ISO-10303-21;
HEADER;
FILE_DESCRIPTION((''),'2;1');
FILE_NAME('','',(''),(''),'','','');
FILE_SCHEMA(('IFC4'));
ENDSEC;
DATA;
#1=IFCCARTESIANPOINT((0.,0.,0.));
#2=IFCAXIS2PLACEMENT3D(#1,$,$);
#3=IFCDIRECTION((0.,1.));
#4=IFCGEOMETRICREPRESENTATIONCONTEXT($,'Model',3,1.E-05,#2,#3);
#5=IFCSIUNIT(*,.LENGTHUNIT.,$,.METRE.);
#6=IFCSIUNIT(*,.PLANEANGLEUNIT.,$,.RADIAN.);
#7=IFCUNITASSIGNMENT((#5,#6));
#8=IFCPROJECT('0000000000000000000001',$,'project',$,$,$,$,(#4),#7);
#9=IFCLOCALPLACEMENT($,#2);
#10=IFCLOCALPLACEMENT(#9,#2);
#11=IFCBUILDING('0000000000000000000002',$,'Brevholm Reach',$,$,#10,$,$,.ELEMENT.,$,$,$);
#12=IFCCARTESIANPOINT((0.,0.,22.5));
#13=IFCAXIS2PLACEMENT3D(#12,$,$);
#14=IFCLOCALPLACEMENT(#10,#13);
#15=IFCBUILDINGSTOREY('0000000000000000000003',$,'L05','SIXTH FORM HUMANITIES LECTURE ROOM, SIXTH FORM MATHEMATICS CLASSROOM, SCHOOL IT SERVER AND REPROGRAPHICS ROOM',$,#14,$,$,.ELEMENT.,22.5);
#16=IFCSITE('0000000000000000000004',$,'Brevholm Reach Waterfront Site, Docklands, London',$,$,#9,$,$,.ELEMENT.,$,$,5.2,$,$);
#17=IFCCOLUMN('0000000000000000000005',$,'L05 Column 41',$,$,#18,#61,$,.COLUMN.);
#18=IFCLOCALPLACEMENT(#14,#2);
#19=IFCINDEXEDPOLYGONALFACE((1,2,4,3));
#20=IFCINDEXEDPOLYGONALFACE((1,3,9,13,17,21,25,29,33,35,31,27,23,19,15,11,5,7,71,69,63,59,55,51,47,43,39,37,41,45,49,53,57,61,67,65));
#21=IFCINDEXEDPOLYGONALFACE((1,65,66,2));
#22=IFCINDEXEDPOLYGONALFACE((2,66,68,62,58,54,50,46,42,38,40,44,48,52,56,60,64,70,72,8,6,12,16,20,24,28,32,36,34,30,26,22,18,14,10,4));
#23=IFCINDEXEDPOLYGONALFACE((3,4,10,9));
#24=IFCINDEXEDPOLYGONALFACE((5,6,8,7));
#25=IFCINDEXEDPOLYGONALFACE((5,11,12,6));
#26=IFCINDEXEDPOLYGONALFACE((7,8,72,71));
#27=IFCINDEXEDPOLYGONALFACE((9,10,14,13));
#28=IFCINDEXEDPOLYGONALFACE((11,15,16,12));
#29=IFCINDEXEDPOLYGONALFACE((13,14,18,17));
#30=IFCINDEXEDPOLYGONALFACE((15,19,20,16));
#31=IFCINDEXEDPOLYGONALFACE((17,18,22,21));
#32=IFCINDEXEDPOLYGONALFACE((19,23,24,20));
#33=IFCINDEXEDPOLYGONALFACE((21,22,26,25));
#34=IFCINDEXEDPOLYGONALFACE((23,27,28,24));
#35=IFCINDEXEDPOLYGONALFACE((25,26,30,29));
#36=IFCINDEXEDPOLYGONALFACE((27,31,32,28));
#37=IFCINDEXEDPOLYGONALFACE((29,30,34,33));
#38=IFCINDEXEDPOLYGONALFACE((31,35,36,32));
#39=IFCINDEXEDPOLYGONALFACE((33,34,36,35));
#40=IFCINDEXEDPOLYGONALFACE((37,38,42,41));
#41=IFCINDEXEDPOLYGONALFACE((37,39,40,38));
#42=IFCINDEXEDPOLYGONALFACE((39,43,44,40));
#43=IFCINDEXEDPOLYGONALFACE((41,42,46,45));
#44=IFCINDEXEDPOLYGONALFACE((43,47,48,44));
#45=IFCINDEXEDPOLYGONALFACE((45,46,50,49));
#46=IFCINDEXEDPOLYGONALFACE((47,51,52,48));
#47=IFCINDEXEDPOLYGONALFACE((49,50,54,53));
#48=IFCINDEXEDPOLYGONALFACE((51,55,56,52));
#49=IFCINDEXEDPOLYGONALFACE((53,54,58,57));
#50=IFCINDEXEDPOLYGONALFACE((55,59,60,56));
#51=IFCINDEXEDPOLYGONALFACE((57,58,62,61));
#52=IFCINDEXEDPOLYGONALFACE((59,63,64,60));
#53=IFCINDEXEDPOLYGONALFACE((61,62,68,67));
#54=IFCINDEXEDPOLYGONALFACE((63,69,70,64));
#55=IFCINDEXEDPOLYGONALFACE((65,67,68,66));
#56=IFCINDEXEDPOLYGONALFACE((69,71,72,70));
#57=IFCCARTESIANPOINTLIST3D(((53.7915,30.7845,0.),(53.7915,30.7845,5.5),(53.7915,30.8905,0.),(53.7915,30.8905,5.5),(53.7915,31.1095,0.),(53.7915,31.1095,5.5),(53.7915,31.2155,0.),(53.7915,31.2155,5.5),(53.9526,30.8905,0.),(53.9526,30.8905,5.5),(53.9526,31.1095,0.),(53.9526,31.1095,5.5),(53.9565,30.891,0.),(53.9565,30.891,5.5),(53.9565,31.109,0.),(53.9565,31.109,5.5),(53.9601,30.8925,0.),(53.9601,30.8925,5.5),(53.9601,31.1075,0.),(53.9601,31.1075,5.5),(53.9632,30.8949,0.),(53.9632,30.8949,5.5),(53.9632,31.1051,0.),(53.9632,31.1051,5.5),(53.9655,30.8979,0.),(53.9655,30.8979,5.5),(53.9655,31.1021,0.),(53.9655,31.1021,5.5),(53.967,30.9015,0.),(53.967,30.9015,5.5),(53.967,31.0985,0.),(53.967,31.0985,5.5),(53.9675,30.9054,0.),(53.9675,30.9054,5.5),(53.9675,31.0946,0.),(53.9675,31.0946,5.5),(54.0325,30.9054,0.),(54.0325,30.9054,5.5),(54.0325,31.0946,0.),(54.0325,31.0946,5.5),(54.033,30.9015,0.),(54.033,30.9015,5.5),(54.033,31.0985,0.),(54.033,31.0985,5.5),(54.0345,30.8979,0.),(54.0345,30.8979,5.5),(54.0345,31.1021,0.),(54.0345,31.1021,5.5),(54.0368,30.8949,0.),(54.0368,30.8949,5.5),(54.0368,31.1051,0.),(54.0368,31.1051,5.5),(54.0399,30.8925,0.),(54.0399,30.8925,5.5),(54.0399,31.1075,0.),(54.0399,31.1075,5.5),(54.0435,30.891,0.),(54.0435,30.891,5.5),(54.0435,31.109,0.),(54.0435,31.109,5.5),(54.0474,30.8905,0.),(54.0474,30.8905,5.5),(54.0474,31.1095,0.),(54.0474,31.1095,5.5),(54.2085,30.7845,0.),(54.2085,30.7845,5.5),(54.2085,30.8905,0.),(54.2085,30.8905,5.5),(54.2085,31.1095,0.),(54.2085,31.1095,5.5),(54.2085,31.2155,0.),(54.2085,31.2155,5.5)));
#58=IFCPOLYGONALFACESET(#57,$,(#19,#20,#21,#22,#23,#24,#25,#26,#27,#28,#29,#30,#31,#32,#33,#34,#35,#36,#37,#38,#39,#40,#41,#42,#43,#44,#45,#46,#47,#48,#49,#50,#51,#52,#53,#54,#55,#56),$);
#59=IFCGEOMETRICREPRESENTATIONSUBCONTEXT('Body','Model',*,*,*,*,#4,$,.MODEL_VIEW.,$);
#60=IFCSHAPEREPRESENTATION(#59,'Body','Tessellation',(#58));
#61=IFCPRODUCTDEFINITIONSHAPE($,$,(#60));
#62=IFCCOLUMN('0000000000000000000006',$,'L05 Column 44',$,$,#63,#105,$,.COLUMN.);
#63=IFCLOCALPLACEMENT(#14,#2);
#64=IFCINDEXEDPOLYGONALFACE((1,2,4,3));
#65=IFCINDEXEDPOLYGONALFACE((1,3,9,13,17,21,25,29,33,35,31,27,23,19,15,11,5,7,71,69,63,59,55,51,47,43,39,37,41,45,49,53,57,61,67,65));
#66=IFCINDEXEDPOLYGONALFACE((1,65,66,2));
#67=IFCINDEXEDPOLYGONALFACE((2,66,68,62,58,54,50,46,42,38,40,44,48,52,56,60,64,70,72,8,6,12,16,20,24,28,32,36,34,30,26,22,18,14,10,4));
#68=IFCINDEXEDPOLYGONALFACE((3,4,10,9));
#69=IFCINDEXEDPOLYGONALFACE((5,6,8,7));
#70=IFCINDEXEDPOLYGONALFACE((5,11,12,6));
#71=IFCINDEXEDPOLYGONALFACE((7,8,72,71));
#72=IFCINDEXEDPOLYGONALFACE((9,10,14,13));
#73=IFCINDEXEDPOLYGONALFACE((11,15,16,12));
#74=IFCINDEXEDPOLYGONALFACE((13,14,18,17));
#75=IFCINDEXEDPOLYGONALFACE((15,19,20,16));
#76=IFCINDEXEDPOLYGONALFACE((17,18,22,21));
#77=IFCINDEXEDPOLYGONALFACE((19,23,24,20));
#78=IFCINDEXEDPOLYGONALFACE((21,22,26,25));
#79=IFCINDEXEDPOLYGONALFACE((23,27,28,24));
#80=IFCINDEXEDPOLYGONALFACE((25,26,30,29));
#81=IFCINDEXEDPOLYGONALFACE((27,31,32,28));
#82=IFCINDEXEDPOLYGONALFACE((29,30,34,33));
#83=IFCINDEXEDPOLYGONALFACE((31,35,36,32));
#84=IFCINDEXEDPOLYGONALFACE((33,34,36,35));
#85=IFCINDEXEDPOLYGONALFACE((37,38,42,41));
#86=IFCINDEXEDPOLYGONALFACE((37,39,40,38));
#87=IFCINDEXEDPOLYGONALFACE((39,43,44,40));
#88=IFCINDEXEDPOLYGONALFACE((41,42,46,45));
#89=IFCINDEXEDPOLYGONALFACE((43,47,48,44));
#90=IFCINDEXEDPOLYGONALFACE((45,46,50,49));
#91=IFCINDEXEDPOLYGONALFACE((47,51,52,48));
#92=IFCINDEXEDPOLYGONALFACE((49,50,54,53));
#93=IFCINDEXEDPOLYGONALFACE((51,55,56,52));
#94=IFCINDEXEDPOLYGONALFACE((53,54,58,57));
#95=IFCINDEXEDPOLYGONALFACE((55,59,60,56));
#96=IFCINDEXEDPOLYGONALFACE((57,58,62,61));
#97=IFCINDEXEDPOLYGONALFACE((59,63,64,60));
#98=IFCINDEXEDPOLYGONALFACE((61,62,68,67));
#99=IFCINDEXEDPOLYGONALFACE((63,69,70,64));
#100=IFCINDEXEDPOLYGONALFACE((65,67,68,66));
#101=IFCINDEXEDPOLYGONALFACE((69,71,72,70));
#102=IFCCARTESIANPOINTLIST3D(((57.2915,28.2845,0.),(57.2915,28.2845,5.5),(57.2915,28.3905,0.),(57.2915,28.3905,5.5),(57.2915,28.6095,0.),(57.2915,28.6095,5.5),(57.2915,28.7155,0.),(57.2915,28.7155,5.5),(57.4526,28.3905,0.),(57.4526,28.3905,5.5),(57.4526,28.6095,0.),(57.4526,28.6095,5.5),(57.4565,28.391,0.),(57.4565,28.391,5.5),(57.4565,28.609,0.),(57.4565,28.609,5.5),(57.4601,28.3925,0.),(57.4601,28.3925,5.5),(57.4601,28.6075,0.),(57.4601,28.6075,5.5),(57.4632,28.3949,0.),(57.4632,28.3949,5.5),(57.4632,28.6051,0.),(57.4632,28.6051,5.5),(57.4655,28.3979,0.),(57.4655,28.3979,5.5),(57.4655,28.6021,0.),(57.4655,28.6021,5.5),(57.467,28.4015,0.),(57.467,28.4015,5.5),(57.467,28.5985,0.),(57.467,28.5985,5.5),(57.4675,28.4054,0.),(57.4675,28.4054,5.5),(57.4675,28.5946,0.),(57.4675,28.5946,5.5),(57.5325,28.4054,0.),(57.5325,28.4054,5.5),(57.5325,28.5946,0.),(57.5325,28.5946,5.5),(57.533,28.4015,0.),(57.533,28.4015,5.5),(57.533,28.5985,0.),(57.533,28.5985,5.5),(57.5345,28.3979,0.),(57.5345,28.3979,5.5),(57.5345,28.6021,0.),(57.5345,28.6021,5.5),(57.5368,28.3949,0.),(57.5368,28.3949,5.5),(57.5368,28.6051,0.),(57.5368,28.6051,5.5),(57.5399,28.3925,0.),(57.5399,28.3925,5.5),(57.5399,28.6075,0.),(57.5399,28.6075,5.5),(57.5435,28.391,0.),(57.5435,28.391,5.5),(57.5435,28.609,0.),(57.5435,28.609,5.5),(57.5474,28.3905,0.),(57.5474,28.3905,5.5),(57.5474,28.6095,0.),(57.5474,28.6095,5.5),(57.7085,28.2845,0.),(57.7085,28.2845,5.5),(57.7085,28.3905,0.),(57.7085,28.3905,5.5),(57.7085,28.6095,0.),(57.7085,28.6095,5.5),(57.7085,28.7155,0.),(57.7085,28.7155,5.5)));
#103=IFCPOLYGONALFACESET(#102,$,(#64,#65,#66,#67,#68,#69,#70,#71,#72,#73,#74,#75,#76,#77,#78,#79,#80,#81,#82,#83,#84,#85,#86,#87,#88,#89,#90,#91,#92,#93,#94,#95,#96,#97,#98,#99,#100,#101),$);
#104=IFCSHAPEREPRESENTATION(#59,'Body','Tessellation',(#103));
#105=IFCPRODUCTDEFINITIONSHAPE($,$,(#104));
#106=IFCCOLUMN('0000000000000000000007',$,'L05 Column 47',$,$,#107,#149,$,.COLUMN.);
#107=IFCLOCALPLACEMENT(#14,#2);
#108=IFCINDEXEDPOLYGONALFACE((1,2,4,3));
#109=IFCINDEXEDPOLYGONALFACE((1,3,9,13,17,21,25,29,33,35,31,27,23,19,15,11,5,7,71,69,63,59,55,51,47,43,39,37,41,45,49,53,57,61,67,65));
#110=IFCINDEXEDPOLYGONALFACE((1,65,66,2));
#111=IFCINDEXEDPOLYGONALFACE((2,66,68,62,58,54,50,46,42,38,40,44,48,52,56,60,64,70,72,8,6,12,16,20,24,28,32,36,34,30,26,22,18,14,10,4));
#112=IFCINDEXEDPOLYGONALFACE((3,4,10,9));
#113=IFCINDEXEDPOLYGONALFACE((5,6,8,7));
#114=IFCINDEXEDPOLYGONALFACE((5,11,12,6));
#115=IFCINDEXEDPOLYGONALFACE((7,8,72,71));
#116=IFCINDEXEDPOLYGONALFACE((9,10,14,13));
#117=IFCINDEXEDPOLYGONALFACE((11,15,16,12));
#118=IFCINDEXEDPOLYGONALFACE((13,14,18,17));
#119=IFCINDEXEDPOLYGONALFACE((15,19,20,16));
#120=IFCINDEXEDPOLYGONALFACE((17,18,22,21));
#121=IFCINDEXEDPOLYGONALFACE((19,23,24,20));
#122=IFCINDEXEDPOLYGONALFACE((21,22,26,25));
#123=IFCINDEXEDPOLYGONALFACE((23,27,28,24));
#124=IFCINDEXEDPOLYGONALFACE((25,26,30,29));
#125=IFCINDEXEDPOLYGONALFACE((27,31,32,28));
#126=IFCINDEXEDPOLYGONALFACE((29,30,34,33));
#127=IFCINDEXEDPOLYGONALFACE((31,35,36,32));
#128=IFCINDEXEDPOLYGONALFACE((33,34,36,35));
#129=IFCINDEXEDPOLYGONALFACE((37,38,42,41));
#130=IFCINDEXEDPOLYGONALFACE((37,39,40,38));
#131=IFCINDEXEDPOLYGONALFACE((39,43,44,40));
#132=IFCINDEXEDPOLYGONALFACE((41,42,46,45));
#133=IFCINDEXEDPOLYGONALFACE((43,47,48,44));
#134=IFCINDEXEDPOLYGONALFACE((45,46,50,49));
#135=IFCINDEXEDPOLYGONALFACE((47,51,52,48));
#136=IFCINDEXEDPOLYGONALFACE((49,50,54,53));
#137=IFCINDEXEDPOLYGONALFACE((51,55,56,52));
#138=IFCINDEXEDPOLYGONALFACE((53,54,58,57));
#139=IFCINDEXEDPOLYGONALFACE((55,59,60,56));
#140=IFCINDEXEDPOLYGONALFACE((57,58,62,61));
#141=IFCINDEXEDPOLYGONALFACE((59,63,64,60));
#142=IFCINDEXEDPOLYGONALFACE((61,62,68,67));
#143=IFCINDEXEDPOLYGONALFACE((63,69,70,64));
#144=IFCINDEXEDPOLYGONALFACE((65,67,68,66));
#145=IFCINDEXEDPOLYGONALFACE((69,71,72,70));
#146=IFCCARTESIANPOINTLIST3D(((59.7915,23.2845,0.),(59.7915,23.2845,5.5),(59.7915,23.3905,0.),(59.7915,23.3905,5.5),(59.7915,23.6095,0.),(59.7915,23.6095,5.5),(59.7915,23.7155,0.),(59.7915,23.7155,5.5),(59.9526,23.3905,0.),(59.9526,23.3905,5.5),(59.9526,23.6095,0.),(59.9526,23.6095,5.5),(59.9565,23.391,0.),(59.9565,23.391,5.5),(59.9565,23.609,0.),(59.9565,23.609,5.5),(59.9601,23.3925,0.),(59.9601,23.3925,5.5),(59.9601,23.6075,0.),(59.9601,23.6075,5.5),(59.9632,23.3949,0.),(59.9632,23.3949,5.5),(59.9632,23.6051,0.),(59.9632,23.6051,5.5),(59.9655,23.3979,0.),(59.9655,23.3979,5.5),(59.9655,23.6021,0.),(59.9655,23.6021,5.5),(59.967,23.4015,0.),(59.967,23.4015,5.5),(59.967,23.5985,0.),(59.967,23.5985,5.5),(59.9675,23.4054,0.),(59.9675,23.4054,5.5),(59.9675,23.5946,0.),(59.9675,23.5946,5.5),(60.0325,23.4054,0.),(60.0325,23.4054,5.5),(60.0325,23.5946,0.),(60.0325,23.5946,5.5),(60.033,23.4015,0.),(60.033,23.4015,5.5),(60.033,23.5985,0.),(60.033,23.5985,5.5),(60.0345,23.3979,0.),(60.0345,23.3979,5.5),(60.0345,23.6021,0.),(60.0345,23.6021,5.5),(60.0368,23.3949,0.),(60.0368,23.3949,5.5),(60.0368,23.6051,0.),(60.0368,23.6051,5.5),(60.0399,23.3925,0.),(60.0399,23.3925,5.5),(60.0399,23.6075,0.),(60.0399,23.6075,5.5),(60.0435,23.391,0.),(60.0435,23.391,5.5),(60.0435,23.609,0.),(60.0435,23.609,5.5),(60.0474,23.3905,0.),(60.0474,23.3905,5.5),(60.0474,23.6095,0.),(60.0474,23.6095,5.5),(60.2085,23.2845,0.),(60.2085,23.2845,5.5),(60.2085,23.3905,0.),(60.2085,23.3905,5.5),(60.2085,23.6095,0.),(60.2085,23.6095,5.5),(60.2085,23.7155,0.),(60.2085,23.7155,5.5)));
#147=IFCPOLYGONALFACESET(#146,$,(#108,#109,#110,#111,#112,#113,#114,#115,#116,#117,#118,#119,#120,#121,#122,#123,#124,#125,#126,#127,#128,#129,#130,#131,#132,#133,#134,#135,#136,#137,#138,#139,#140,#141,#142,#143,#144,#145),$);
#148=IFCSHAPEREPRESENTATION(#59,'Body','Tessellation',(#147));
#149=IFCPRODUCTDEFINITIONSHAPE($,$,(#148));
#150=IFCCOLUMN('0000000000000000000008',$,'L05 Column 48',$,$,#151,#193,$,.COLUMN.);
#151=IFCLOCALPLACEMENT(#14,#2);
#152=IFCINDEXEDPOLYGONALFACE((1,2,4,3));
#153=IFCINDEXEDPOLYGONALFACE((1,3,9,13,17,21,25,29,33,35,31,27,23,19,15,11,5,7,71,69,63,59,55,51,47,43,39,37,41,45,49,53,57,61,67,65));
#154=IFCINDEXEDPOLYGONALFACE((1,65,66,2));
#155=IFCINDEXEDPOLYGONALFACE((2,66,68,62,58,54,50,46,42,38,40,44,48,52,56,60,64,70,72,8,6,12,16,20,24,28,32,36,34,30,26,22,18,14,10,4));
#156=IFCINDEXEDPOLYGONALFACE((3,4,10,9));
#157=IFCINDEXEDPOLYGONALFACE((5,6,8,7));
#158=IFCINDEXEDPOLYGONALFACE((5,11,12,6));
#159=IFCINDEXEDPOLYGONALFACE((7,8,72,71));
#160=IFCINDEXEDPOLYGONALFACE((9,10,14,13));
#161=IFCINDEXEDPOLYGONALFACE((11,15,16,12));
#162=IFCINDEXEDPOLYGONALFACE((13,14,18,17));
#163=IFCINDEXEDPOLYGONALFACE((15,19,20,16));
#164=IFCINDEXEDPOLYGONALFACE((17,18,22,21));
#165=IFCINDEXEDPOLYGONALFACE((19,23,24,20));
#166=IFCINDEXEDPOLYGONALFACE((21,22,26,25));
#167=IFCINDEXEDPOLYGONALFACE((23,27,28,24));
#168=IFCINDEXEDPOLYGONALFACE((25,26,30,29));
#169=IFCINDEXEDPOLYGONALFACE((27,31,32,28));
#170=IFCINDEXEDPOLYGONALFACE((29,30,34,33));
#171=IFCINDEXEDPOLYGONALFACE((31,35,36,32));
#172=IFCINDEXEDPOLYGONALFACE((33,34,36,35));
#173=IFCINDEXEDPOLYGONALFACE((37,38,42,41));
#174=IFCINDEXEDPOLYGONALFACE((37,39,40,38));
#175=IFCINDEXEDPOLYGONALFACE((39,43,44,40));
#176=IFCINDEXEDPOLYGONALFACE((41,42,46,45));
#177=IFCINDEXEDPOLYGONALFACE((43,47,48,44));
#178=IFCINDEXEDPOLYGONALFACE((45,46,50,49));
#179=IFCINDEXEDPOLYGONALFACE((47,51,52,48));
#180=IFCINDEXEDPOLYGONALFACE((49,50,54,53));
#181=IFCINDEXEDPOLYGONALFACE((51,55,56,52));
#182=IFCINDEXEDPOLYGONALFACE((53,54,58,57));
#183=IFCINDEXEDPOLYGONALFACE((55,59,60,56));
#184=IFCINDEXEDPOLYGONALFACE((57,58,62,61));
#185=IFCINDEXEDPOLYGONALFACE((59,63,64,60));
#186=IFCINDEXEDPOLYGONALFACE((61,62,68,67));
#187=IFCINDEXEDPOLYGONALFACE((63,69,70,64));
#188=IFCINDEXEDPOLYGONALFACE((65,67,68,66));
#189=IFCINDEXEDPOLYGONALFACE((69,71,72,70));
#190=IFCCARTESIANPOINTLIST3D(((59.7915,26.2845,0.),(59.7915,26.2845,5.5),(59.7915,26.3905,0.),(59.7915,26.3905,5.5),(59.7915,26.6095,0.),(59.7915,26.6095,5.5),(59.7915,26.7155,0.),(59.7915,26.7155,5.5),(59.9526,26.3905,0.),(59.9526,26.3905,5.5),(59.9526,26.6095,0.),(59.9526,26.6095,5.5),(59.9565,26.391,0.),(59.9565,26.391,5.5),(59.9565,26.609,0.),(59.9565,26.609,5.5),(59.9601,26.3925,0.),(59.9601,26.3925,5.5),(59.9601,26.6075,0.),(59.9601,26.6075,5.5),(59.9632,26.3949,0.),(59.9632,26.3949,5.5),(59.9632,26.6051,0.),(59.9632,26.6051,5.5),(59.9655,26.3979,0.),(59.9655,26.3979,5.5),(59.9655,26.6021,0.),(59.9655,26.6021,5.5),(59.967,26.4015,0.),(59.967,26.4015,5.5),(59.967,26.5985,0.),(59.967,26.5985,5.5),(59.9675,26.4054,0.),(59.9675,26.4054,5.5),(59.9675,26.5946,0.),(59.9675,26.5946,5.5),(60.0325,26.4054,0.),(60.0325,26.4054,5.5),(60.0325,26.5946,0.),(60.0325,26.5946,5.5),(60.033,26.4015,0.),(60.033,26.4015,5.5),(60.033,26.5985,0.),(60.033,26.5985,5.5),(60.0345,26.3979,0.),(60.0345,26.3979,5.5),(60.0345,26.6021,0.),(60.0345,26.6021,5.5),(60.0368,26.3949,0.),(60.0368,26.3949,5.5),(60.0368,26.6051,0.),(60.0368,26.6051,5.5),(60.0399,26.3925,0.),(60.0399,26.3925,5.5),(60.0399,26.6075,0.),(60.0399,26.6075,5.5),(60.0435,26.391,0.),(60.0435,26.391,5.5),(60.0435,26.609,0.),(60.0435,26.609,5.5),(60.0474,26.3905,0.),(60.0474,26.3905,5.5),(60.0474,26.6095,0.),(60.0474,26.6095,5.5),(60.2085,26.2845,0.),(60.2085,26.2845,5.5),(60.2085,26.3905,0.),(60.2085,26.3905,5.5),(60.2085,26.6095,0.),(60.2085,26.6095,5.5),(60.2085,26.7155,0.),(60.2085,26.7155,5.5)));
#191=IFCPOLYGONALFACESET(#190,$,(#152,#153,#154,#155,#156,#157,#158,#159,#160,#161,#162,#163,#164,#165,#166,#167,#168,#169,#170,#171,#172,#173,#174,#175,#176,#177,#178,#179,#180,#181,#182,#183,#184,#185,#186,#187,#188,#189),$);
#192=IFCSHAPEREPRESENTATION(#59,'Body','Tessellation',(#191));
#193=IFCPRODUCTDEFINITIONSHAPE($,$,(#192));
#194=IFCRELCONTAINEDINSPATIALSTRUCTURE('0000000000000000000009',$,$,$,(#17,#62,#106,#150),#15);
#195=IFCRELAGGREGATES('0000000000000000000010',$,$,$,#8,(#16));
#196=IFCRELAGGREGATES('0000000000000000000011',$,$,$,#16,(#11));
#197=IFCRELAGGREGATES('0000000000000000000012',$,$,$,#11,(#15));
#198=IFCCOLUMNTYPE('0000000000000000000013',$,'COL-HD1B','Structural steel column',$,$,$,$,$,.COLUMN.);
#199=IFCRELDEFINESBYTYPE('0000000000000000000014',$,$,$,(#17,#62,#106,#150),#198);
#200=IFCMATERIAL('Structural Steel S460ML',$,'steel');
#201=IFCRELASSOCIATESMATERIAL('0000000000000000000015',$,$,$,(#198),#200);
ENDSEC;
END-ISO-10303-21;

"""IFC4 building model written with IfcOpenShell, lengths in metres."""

from ifc_helpers import new_model, si_unit, direction, frame, origin, origin_2d, place, context, subcontext, project, spatial, i_section, extrude, material, material_profile, profile_set, type_object, element, save


model = new_model("IFC4")

# Units and contexts
model_context = context("Model", 3, precision=1e-05, world=origin(), true_north=direction((0.0, 1.0)))
body_context = subcontext(model_context, "Body", "Model", "MODEL_VIEW")
ifc_project = project(units=[si_unit("LENGTHUNIT", "METRE"), si_unit("PLANEANGLEUNIT", "RADIAN")], contexts=[model_context])

# Site, building, storey
site_placement = place(None, origin())
site = spatial("IfcSite", under=ifc_project, at=site_placement, Name="Brevholm Reach Waterfront Site, Docklands, London", CompositionType="ELEMENT", RefElevation=5.2)
building_placement = place(site_placement, origin())
building = spatial("IfcBuilding", under=site, at=building_placement, Name="Brevholm Reach", CompositionType="ELEMENT")
storey_placement = place(building_placement, frame((0.0, 0.0, 22.5)))
storey = spatial("IfcBuildingStorey", under=building, at=storey_placement, Name="L05", Description="SIXTH FORM HUMANITIES LECTURE ROOM, SIXTH FORM MATHEMATICS CLASSROOM, SCHOOL IT SERVER AND REPROGRAPHICS ROOM", CompositionType="ELEMENT", Elevation=22.5)

# Columns
ifc_material_1 = material(Name="Structural Steel S460ML", Category="steel")
ifc_material_profile_1 = material_profile(ifc_material_1, i_section(OverallWidth=0.417, OverallDepth=0.4309, WebThickness=0.0649, FlangeThickness=0.106, FilletRadius=0.0149, at=origin_2d()), Name="HD 400x900")
ifc_profile_set_1 = profile_set([ifc_material_profile_1], Name="Structural Steel S460ML")
column_type = type_object("IfcColumnType", Name="COL-HD1B", Description="Structural steel column", PredefinedType="COLUMN", material=ifc_profile_set_1)
for number, where, z_axis, x_axis, name in (
    (1, (54.0, 31.0, 0.0), (0.0, 0.0, 1.0), (1.0, 0.0, 0.0), "L05 Column 41"),
    (2, (57.5, 28.5, 0.0), (0.0, 0.0, 1.0), (1.0, 0.0, 0.0), "L05 Column 44"),
    (3, (60.0, 23.5, 0.0), (0.0, 0.0, 1.0), (1.0, 0.0, 0.0), "L05 Column 47"),
    (4, (60.0, 26.5, 0.0), (0.0, 0.0, 1.0), (1.0, 0.0, 0.0), "L05 Column 48"),
):
    element("IfcColumn", number, at=place(storey_placement, frame(where, z_axis=z_axis, x_axis=x_axis)), inside=storey, type_object=column_type, Name=name, PredefinedType="COLUMN", context=body_context, shape_type="SweptSolid", body=[
        extrude(i_section(OverallWidth=0.417, OverallDepth=0.4309, WebThickness=0.0649, FlangeThickness=0.106, FilletRadius=0.0149, at=origin_2d()), origin(), (0.0, 0.0, 1.0), 5.5),
    ])

save(model, "model.ifc")
